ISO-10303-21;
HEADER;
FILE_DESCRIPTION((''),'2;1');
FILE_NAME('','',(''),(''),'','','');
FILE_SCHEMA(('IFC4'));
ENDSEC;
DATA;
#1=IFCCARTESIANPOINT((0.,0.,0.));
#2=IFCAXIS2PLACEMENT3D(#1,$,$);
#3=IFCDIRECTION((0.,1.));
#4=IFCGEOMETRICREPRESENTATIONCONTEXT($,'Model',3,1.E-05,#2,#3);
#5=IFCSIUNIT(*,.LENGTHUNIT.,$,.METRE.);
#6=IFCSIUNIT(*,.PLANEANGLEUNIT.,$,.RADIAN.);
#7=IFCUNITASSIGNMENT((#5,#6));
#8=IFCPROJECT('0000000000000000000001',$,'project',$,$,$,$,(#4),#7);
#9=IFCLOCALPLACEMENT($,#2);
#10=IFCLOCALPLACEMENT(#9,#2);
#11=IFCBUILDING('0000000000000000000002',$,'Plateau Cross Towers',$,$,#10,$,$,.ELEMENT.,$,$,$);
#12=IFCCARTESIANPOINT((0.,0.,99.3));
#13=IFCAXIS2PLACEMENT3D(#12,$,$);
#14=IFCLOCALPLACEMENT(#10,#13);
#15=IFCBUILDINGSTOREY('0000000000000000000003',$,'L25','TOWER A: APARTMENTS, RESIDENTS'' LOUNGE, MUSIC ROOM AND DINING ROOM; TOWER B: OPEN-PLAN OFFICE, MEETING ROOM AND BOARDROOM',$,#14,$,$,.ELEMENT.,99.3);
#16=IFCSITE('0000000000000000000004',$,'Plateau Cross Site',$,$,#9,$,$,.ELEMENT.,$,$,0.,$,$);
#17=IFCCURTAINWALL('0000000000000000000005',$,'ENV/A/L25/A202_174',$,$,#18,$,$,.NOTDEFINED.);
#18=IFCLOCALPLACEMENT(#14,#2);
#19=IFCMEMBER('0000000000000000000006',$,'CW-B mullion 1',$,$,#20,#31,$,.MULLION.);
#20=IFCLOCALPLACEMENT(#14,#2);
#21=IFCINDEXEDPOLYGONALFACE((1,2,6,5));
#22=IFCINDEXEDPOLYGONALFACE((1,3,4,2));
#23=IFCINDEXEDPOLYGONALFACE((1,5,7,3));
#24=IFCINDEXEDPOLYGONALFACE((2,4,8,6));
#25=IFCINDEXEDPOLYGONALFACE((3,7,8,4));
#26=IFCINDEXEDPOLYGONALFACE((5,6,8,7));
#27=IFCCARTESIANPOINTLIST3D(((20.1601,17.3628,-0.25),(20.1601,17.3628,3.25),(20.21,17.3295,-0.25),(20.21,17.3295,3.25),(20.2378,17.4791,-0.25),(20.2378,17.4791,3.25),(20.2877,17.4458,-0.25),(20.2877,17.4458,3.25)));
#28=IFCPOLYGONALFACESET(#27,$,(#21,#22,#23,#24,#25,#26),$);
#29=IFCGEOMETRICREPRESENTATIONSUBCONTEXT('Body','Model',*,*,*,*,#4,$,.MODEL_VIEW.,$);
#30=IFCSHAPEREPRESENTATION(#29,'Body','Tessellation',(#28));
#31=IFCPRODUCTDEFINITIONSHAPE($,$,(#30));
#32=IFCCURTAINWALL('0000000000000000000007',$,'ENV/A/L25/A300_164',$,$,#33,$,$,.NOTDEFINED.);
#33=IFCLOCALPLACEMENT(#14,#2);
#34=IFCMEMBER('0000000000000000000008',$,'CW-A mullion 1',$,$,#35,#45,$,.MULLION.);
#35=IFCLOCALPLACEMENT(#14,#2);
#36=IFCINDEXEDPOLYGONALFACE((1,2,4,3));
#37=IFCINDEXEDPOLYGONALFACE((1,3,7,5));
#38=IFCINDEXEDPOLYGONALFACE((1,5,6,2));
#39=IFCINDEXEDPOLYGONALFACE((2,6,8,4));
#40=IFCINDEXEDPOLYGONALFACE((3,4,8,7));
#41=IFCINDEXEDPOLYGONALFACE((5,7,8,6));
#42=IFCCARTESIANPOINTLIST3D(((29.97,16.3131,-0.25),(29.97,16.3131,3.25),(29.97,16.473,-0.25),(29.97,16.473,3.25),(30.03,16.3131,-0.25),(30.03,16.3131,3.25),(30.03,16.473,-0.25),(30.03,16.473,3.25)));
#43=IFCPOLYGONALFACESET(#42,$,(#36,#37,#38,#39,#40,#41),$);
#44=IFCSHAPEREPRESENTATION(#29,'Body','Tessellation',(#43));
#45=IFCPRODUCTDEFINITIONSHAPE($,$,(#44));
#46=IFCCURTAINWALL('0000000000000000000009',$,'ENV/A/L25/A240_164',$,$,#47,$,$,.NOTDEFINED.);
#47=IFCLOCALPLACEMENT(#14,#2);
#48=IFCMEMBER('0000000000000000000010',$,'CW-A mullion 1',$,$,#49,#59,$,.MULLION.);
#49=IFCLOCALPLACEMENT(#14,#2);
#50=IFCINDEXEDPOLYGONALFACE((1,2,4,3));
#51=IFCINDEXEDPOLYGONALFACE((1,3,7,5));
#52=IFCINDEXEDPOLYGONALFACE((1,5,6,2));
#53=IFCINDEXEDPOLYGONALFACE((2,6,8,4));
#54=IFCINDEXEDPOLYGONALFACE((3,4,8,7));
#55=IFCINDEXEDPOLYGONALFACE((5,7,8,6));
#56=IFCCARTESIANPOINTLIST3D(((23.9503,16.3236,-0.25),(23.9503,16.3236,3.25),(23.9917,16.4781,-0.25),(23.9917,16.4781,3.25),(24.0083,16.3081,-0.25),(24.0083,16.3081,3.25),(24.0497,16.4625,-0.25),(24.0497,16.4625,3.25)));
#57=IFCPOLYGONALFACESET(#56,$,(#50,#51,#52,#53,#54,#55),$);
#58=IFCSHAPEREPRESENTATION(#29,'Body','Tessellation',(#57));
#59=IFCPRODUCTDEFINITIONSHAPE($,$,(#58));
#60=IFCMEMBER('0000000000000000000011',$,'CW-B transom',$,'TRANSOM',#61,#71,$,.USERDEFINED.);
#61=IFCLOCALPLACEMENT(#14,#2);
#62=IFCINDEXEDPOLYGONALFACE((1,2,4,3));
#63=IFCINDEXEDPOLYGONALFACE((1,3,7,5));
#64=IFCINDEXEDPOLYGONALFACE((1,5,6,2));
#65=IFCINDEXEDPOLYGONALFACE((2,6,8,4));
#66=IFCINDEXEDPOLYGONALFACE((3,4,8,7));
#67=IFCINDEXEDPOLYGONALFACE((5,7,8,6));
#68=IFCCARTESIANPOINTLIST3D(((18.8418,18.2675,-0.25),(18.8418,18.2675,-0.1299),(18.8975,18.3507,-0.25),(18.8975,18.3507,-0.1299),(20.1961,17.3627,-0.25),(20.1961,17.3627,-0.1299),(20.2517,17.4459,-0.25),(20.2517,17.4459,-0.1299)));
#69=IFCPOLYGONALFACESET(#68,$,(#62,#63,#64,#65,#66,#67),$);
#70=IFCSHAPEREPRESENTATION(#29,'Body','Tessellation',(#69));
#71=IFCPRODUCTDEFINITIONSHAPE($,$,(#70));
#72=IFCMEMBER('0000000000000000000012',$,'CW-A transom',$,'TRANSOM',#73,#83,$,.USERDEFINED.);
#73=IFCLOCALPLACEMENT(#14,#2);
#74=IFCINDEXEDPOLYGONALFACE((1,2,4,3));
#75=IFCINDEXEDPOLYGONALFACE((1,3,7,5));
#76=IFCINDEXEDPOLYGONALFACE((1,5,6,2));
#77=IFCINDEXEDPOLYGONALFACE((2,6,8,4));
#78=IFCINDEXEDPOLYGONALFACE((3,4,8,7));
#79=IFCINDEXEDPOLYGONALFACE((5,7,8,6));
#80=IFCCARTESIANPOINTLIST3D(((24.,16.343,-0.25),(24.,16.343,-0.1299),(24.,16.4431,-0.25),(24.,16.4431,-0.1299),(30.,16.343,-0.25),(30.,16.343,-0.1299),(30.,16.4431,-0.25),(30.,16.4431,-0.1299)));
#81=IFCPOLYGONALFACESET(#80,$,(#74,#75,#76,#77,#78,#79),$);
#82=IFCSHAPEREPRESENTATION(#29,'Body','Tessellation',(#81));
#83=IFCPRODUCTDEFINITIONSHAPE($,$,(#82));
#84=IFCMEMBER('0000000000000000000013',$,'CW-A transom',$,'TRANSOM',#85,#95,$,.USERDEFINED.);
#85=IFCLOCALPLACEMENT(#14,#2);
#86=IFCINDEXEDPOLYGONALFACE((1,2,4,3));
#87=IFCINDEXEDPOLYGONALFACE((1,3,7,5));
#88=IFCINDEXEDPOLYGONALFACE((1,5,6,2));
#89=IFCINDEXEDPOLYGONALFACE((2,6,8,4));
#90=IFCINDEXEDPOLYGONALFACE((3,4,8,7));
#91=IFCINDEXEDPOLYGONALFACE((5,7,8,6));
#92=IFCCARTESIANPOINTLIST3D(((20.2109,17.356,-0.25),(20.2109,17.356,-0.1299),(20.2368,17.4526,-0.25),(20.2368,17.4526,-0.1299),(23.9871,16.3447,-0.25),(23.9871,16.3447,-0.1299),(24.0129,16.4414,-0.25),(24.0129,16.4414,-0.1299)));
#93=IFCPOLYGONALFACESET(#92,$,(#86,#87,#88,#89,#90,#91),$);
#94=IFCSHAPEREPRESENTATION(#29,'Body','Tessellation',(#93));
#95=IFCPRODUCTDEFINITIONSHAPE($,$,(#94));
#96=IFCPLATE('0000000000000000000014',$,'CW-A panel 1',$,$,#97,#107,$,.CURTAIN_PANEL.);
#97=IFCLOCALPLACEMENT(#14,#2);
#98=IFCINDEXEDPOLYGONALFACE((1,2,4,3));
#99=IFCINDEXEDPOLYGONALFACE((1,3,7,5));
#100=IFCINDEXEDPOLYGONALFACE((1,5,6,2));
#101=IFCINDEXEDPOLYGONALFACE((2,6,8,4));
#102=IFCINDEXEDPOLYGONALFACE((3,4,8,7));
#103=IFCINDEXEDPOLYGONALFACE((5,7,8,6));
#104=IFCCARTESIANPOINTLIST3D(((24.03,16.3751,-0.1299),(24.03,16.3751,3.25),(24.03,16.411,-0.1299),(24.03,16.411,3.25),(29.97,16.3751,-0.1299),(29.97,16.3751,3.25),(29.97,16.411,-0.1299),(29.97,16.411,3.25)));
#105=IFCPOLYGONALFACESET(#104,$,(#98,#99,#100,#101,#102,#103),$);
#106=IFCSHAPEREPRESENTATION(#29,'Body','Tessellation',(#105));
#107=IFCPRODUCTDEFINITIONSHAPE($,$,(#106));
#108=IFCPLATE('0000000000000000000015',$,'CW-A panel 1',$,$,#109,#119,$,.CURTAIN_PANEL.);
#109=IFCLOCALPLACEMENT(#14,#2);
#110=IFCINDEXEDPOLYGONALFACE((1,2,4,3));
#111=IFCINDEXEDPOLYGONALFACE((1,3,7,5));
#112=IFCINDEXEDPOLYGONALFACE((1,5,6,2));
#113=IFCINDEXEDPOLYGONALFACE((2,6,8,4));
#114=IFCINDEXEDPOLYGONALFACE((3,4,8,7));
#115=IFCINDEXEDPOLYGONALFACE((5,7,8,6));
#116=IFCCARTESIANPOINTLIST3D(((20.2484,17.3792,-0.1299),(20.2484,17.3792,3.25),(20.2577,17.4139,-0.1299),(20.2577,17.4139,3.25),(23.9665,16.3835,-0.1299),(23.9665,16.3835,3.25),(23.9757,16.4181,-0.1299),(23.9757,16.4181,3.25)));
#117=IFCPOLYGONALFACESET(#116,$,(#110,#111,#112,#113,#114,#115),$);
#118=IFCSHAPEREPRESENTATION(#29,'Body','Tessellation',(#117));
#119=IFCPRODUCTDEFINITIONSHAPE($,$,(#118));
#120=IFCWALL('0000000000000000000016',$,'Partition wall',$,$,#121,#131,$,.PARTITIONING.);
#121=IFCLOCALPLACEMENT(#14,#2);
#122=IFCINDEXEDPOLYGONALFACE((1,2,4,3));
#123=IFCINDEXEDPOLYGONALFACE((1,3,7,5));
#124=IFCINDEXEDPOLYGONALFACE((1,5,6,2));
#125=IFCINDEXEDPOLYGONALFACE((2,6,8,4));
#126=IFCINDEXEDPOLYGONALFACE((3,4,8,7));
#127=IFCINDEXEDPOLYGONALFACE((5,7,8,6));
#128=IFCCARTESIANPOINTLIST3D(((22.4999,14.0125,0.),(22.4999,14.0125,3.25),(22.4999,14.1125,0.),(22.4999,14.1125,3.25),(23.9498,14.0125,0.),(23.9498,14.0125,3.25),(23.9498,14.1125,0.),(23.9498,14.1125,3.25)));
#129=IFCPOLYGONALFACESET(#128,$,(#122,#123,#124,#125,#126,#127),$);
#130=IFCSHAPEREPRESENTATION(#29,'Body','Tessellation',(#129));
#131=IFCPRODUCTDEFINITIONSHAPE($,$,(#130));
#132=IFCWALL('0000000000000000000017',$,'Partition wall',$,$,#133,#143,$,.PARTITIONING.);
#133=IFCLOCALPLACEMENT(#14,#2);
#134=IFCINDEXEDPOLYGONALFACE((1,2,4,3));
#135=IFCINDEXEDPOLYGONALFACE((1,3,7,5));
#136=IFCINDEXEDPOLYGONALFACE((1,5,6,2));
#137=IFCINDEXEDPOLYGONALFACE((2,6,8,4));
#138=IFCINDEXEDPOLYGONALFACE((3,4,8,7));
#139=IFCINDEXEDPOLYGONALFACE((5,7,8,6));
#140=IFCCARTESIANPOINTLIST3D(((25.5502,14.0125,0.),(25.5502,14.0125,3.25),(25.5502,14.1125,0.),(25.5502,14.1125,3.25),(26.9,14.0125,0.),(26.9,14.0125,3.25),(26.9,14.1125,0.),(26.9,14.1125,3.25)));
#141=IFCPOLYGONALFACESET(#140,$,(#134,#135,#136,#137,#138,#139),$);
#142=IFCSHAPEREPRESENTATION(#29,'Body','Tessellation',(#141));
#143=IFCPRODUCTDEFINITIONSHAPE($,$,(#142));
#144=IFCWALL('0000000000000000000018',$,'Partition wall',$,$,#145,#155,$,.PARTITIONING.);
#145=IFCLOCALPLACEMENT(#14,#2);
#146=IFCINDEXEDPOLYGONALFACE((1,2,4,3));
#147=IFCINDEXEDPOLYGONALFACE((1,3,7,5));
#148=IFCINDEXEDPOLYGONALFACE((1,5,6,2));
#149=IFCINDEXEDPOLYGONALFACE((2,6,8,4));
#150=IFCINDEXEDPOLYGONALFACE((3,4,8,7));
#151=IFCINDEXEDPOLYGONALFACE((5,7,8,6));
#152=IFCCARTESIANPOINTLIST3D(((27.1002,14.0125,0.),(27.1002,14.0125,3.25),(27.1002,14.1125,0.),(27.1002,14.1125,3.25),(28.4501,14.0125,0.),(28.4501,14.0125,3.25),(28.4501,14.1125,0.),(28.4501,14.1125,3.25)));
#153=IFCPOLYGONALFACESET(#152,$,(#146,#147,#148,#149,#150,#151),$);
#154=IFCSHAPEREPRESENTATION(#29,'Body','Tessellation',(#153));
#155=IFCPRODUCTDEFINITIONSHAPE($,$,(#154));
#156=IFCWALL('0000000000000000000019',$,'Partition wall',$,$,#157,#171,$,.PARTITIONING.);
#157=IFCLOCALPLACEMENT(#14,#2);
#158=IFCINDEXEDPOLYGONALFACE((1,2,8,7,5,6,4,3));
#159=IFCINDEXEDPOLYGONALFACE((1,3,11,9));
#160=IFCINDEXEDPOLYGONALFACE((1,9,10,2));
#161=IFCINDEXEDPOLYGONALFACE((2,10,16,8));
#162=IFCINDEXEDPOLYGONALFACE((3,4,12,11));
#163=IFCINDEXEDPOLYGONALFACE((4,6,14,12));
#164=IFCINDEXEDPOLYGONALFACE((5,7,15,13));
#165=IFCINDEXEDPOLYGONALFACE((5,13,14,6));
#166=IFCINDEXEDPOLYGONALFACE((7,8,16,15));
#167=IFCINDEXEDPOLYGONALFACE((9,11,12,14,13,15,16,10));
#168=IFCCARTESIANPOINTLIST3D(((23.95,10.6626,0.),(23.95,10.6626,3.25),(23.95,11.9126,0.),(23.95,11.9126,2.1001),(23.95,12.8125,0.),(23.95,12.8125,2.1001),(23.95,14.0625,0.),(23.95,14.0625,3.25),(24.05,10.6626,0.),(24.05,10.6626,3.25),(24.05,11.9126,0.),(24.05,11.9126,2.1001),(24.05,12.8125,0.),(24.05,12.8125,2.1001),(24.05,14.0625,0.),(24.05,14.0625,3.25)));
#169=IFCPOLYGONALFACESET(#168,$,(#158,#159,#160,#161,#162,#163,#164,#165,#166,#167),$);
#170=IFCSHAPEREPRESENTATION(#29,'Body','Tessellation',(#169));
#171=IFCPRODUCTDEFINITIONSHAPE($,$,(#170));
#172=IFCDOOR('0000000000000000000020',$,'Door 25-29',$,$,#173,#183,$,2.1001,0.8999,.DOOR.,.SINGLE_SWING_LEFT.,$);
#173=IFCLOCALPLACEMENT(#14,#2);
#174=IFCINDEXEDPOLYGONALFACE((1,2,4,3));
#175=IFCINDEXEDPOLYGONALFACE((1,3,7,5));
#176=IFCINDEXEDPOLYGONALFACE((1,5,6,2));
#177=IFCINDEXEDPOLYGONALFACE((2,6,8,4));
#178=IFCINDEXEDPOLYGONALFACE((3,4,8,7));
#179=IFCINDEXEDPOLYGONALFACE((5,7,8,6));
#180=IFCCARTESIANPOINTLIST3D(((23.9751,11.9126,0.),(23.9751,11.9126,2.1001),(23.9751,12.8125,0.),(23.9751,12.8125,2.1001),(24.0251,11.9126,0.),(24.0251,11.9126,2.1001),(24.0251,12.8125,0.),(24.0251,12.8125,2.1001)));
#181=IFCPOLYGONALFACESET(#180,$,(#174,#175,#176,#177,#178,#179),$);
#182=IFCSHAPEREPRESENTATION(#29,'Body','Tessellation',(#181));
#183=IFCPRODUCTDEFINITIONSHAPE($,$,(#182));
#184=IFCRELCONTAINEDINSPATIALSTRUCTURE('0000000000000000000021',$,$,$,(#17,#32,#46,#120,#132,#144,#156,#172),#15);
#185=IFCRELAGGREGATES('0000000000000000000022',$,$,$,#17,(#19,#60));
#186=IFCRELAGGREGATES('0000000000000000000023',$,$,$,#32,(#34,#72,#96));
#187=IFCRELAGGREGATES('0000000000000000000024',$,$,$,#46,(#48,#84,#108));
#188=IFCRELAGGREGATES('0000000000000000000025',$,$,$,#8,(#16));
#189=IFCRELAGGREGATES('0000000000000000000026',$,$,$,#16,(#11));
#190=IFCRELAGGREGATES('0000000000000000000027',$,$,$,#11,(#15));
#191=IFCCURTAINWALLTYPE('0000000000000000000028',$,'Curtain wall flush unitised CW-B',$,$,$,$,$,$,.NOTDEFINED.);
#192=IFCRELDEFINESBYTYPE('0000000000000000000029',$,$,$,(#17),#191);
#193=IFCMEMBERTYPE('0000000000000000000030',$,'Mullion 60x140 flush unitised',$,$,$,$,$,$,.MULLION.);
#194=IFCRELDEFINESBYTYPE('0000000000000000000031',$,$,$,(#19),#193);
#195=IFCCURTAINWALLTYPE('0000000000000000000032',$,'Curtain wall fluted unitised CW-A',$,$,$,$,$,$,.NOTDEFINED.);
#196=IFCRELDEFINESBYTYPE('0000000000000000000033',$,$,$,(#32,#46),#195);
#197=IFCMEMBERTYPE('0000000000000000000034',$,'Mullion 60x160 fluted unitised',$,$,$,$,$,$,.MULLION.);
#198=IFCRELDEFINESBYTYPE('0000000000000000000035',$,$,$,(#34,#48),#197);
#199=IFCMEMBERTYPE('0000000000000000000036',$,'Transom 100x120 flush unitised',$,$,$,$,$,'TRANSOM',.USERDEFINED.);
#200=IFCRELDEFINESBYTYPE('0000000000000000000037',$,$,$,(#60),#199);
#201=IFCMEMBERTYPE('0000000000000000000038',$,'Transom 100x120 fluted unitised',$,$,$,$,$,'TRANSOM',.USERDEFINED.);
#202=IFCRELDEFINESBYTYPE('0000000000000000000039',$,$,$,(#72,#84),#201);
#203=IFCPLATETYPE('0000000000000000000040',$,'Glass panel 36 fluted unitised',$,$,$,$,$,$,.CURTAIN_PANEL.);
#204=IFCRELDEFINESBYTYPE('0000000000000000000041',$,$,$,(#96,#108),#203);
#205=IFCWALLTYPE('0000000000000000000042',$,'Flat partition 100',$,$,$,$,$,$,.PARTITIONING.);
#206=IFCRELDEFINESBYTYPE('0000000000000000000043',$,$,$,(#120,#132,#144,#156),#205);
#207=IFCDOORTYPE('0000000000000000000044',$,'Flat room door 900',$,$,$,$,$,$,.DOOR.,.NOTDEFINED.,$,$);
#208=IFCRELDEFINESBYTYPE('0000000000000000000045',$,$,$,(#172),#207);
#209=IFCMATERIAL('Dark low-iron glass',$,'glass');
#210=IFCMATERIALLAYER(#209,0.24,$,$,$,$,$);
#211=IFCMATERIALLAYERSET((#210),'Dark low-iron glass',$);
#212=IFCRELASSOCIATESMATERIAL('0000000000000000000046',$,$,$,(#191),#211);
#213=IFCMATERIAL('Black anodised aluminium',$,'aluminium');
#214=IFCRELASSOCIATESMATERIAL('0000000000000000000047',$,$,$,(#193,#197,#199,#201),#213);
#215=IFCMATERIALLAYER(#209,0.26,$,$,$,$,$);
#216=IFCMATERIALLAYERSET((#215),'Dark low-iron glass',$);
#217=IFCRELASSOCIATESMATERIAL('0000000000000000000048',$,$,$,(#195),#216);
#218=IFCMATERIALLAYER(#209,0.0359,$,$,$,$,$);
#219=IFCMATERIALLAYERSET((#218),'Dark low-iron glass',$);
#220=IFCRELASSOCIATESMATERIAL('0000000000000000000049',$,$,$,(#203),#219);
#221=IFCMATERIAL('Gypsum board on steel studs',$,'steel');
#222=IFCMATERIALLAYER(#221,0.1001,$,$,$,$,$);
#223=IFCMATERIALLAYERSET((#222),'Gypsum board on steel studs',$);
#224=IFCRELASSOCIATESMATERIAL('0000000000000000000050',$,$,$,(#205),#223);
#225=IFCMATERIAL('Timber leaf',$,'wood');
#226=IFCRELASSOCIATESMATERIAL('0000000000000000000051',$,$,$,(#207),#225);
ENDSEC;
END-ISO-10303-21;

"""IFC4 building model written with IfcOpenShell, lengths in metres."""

from ifc_helpers import new_model, si_unit, direction, frame, frame_2d, origin, origin_2d, place, context, subcontext, project, spatial, rectangle, extrude, material, layer, layer_set, material_profile, profile_set, type_object, element, fill, aggregate, save


model = new_model("IFC4")

# Units and contexts
model_context = context("Model", 3, precision=1e-05, world=origin(), true_north=direction((0.0, 1.0)))
body_context = subcontext(model_context, "Body", "Model", "MODEL_VIEW")
ifc_project = project(units=[si_unit("LENGTHUNIT", "METRE"), si_unit("PLANEANGLEUNIT", "RADIAN")], contexts=[model_context])

# Site, building, storey
site_placement = place(None, origin())
site = spatial("IfcSite", under=ifc_project, at=site_placement, Name="Plateau Cross Site", CompositionType="ELEMENT", RefElevation=0.0)
building_placement = place(site_placement, origin())
building = spatial("IfcBuilding", under=site, at=building_placement, Name="Plateau Cross Towers", CompositionType="ELEMENT")
storey_placement = place(building_placement, frame((0.0, 0.0, 99.3)))
storey = spatial("IfcBuildingStorey", under=building, at=storey_placement, Name="L25", Description="TOWER A: APARTMENTS, RESIDENTS' LOUNGE, MUSIC ROOM AND DINING ROOM; TOWER B: OPEN-PLAN OFFICE, MEETING ROOM AND BOARDROOM", CompositionType="ELEMENT", Elevation=99.3)

# Curtain walls, members
ifc_material_1 = material(Name="Dark low-iron glass", Category="glass")
ifc_layer_1 = layer(ifc_material_1, 0.24)
ifc_layer_set_1 = layer_set([ifc_layer_1], Name="Dark low-iron glass")
curtain_wall_type_1 = type_object("IfcCurtainWallType", Name="Curtain wall flush unitised CW-B", PredefinedType="NOTDEFINED", material=ifc_layer_set_1)
curtain_wall_1_placement = place(storey_placement, origin())
curtain_wall_1 = element("IfcCurtainWall", 1, at=curtain_wall_1_placement, inside=storey, type_object=curtain_wall_type_1, Name="ENV/A/L25/A202_174", PredefinedType="NOTDEFINED")
ifc_material_2 = material(Name="Black anodised aluminium", Category="aluminium")
ifc_material_profile_1 = material_profile(ifc_material_2, rectangle(XDim=0.0601, YDim=0.1399, at=origin_2d()), Name="MULLION 60x140")
ifc_profile_set_1 = profile_set([ifc_material_profile_1], Name="Black anodised aluminium")
member_type_1 = type_object("IfcMemberType", Name="Mullion 60x140 flush unitised", PredefinedType="MULLION", material=ifc_profile_set_1)
member_1_placement = place(storey_placement, frame((20.2239, 17.4043, -0.25), z_axis=(0.0, 0.0, 1.0), x_axis=(-0.831521, 0.555493, 0.0)))
member_1 = element("IfcMember", 2, at=member_1_placement, type_object=member_type_1, Name="CW-B mullion 1", PredefinedType="MULLION", context=body_context, shape_type="SweptSolid", body=[
    extrude(rectangle(XDim=0.0601, YDim=0.1399, at=origin_2d()), origin(), (0.0, 0.0, 1.0), 3.5),
])
ifc_layer_2 = layer(ifc_material_1, 0.26)
ifc_layer_set_2 = layer_set([ifc_layer_2], Name="Dark low-iron glass")
curtain_wall_type_2 = type_object("IfcCurtainWallType", Name="Curtain wall fluted unitised CW-A", PredefinedType="NOTDEFINED", material=ifc_layer_set_2)
curtain_wall_2_placement = place(storey_placement, origin())
curtain_wall_2 = element("IfcCurtainWall", 3, at=curtain_wall_2_placement, inside=storey, type_object=curtain_wall_type_2, Name="ENV/A/L25/A300_164", PredefinedType="NOTDEFINED")
ifc_material_profile_2 = material_profile(ifc_material_2, rectangle(XDim=0.0601, YDim=0.1599, at=origin_2d()), Name="MULLION 60x160")
ifc_profile_set_2 = profile_set([ifc_material_profile_2], Name="Black anodised aluminium")
member_type_2 = type_object("IfcMemberType", Name="Mullion 60x160 fluted unitised", PredefinedType="MULLION", material=ifc_profile_set_2)
member_2_placement = place(storey_placement, frame((30.0, 16.3931, -0.25), z_axis=(0.0, 0.0, 1.0), x_axis=(-1.0, 0.0, 0.0)))
member_2 = element("IfcMember", 4, at=member_2_placement, type_object=member_type_2, Name="CW-A mullion 1", PredefinedType="MULLION", context=body_context, shape_type="SweptSolid", body=[
    extrude(rectangle(XDim=0.0601, YDim=0.1599, at=origin_2d()), origin(), (0.0, 0.0, 1.0), 3.5),
])
curtain_wall_3_placement = place(storey_placement, origin())
curtain_wall_3 = element("IfcCurtainWall", 5, at=curtain_wall_3_placement, inside=storey, type_object=curtain_wall_type_2, Name="ENV/A/L25/A240_164", PredefinedType="NOTDEFINED")
member_3_placement = place(storey_placement, frame((24.0, 16.3931, -0.25), z_axis=(0.0, 0.0, 1.0), x_axis=(-0.965958, 0.258699, 0.0)))
member_3 = element("IfcMember", 6, at=member_3_placement, type_object=member_type_2, Name="CW-A mullion 1", PredefinedType="MULLION", context=body_context, shape_type="SweptSolid", body=[
    extrude(rectangle(XDim=0.0601, YDim=0.1599, at=origin_2d()), origin(), (0.0, 0.0, 1.0), 3.5),
])

# Members
ifc_material_profile_3 = material_profile(ifc_material_2, rectangle(XDim=0.1001, YDim=0.1201, at=origin_2d()), Name="TRANSOM 100x120")
ifc_profile_set_3 = profile_set([ifc_material_profile_3], Name="Black anodised aluminium")
member_type_3 = type_object("IfcMemberType", Name="Transom 100x120 flush unitised", ElementType="TRANSOM", PredefinedType="USERDEFINED", material=ifc_profile_set_3)
member_4_placement = place(storey_placement, frame((20.2239, 17.4043, -0.1899), z_axis=(-0.831496, 0.55553, 0.0), x_axis=(-0.55553, -0.831496, 0.0)))
member_4 = element("IfcMember", 7, at=member_4_placement, type_object=member_type_3, Name="CW-B transom", ObjectType="TRANSOM", PredefinedType="USERDEFINED", context=body_context, shape_type="SweptSolid", body=[
    extrude(rectangle(XDim=0.1001, YDim=0.1201, at=origin_2d()), origin(), (0.0, 0.0, 1.0), 1.6287),
])
aggregate(curtain_wall_1, [member_1, member_4])
ifc_material_profile_4 = material_profile(ifc_material_2, rectangle(XDim=0.1001, YDim=0.1201, at=origin_2d()), Name="TRANSOM 100x120")
ifc_profile_set_4 = profile_set([ifc_material_profile_4], Name="Black anodised aluminium")
member_type_4 = type_object("IfcMemberType", Name="Transom 100x120 fluted unitised", ElementType="TRANSOM", PredefinedType="USERDEFINED", material=ifc_profile_set_4)
member_5_placement = place(storey_placement, frame((30.0, 16.3931, -0.1899), z_axis=(-1.0, 0.0, 0.0), x_axis=(0.0, -1.0, 0.0)))
member_5 = element("IfcMember", 8, at=member_5_placement, type_object=member_type_4, Name="CW-A transom", ObjectType="TRANSOM", PredefinedType="USERDEFINED", context=body_context, shape_type="SweptSolid", body=[
    extrude(rectangle(XDim=0.1001, YDim=0.1201, at=origin_2d()), origin(), (0.0, 0.0, 1.0), 6.0),
])
member_6_placement = place(storey_placement, frame((24.0, 16.3931, -0.1899), z_axis=(-0.965963, 0.258681, 0.0), x_axis=(-0.258681, -0.965963, 0.0)))
member_6 = element("IfcMember", 9, at=member_6_placement, type_object=member_type_4, Name="CW-A transom", ObjectType="TRANSOM", PredefinedType="USERDEFINED", context=body_context, shape_type="SweptSolid", body=[
    extrude(rectangle(XDim=0.1001, YDim=0.1201, at=origin_2d()), origin(), (0.0, 0.0, 1.0), 3.9092),
])

# Plates
ifc_layer_3 = layer(ifc_material_1, 0.0359)
ifc_layer_set_3 = layer_set([ifc_layer_3], Name="Dark low-iron glass")
plate_type = type_object("IfcPlateType", Name="Glass panel 36 fluted unitised", PredefinedType="CURTAIN_PANEL", material=ifc_layer_set_3)
plate_1_placement = place(storey_placement, frame((27.0, 16.3931, -0.1299), z_axis=(0.0, 0.0, 1.0), x_axis=(-1.0, 0.0, 0.0)))
plate_1 = element("IfcPlate", 10, at=plate_1_placement, type_object=plate_type, Name="CW-A panel 1", PredefinedType="CURTAIN_PANEL", context=body_context, shape_type="SweptSolid", body=[
    extrude(rectangle(XDim=5.9399, YDim=0.0359, at=origin_2d()), origin(), (0.0, 0.0, 1.0), 3.3799),
])
aggregate(curtain_wall_2, [member_2, member_5, plate_1])
plate_2_placement = place(storey_placement, frame((22.1121, 16.8987, -0.1299), z_axis=(0.0, 0.0, 1.0), x_axis=(-0.965958, 0.258699, 0.0)))
plate_2 = element("IfcPlate", 11, at=plate_2_placement, type_object=plate_type, Name="CW-A panel 1", PredefinedType="CURTAIN_PANEL", context=body_context, shape_type="SweptSolid", body=[
    extrude(rectangle(XDim=3.8491, YDim=0.0359, at=origin_2d()), origin(), (0.0, 0.0, 1.0), 3.3799),
])
aggregate(curtain_wall_3, [member_3, member_6, plate_2])

# Walls
ifc_material_3 = material(Name="Gypsum board on steel studs", Category="steel")
ifc_layer_4 = layer(ifc_material_3, 0.1001)
ifc_layer_set_4 = layer_set([ifc_layer_4], Name="Gypsum board on steel studs")
wall_type_1 = type_object("IfcWallType", Name="Flat partition 100", PredefinedType="PARTITIONING", material=ifc_layer_set_4)
wall_1_placement = place(storey_placement, frame((23.95, 14.0625, 0.0), z_axis=(0.0, 0.0, 1.0), x_axis=(-1.0, 0.0, 0.0)))
element("IfcWall", 12, at=wall_1_placement, inside=storey, type_object=wall_type_1, Name="Partition wall", PredefinedType="PARTITIONING", context=body_context, shape_type="SweptSolid", body=[
    extrude(rectangle(XDim=1.45, YDim=0.1001, at=frame_2d((0.7251, 0.0))), origin(), (0.0, 0.0, 1.0), 3.25),
])
for number, where, z_axis, x_axis, name in (
    (13, (26.8999, 14.0625, 0.0), (0.0, 0.0, 1.0), (-1.0, 0.0, 0.0), "Partition wall"),
    (14, (28.45, 14.0625, 0.0), (0.0, 0.0, 1.0), (-1.0, 0.0, 0.0), "Partition wall"),
):
    element("IfcWall", number, at=place(storey_placement, frame(where, z_axis=z_axis, x_axis=x_axis)), inside=storey, type_object=wall_type_1, Name=name, PredefinedType="PARTITIONING", context=body_context, shape_type="SweptSolid", body=[
        extrude(rectangle(XDim=1.3499, YDim=0.1001, at=frame_2d((0.6748, 0.0))), origin(), (0.0, 0.0, 1.0), 3.25),
    ])

# Wall, opening, door
wall_2_placement = place(storey_placement, frame((24.0, 10.6626, 0.0), z_axis=(0.0, 0.0, 1.0), x_axis=(0.0, 1.0, 0.0)))
wall_2 = element("IfcWall", 15, at=wall_2_placement, inside=storey, type_object=wall_type_1, Name="Partition wall", PredefinedType="PARTITIONING", context=body_context, shape_type="SweptSolid", body=[
    extrude(rectangle(XDim=3.3999, YDim=0.1001, at=frame_2d((1.7, 0.0))), origin(), (0.0, 0.0, 1.0), 3.25),
])
opening_1_placement = place(wall_2_placement, frame((1.25, 0.0, 0.0)))
opening_1 = element("IfcOpeningElement", 16, at=opening_1_placement, cuts=wall_2, PredefinedType="OPENING", context=body_context, shape_type="SweptSolid", body=[
    extrude(rectangle(XDim=0.8999, YDim=2.1001, at=frame_2d((0.45, 1.05))), frame((0.0, 0.0601, 0.0), z_axis=(0.0, -1.0, 0.0), x_axis=(1.0, 0.0, 0.0)), (0.0, 0.0, 1.0), 0.1201),
])
ifc_material_4 = material(Name="Timber leaf", Category="wood")
door_type = type_object("IfcDoorType", Name="Flat room door 900", OperationType="NOTDEFINED", PredefinedType="DOOR", material=ifc_material_4)
door_1_placement = place(opening_1_placement, origin())
door_1 = element("IfcDoor", 17, at=door_1_placement, inside=storey, type_object=door_type, Name="Door 25-29", OperationType="SINGLE_SWING_LEFT", OverallHeight=2.1001, OverallWidth=0.8999, PredefinedType="DOOR", context=body_context, shape_type="SweptSolid", body=[
    extrude(rectangle(XDim=0.8999, YDim=2.1001, at=frame_2d((0.45, 1.05))), frame((0.0, 0.0249, 0.0), z_axis=(0.0, -1.0, 0.0), x_axis=(1.0, 0.0, 0.0)), (0.0, 0.0, 1.0), 0.05),
])
fill(opening_1, door_1)

save(model, "model.ifc")
